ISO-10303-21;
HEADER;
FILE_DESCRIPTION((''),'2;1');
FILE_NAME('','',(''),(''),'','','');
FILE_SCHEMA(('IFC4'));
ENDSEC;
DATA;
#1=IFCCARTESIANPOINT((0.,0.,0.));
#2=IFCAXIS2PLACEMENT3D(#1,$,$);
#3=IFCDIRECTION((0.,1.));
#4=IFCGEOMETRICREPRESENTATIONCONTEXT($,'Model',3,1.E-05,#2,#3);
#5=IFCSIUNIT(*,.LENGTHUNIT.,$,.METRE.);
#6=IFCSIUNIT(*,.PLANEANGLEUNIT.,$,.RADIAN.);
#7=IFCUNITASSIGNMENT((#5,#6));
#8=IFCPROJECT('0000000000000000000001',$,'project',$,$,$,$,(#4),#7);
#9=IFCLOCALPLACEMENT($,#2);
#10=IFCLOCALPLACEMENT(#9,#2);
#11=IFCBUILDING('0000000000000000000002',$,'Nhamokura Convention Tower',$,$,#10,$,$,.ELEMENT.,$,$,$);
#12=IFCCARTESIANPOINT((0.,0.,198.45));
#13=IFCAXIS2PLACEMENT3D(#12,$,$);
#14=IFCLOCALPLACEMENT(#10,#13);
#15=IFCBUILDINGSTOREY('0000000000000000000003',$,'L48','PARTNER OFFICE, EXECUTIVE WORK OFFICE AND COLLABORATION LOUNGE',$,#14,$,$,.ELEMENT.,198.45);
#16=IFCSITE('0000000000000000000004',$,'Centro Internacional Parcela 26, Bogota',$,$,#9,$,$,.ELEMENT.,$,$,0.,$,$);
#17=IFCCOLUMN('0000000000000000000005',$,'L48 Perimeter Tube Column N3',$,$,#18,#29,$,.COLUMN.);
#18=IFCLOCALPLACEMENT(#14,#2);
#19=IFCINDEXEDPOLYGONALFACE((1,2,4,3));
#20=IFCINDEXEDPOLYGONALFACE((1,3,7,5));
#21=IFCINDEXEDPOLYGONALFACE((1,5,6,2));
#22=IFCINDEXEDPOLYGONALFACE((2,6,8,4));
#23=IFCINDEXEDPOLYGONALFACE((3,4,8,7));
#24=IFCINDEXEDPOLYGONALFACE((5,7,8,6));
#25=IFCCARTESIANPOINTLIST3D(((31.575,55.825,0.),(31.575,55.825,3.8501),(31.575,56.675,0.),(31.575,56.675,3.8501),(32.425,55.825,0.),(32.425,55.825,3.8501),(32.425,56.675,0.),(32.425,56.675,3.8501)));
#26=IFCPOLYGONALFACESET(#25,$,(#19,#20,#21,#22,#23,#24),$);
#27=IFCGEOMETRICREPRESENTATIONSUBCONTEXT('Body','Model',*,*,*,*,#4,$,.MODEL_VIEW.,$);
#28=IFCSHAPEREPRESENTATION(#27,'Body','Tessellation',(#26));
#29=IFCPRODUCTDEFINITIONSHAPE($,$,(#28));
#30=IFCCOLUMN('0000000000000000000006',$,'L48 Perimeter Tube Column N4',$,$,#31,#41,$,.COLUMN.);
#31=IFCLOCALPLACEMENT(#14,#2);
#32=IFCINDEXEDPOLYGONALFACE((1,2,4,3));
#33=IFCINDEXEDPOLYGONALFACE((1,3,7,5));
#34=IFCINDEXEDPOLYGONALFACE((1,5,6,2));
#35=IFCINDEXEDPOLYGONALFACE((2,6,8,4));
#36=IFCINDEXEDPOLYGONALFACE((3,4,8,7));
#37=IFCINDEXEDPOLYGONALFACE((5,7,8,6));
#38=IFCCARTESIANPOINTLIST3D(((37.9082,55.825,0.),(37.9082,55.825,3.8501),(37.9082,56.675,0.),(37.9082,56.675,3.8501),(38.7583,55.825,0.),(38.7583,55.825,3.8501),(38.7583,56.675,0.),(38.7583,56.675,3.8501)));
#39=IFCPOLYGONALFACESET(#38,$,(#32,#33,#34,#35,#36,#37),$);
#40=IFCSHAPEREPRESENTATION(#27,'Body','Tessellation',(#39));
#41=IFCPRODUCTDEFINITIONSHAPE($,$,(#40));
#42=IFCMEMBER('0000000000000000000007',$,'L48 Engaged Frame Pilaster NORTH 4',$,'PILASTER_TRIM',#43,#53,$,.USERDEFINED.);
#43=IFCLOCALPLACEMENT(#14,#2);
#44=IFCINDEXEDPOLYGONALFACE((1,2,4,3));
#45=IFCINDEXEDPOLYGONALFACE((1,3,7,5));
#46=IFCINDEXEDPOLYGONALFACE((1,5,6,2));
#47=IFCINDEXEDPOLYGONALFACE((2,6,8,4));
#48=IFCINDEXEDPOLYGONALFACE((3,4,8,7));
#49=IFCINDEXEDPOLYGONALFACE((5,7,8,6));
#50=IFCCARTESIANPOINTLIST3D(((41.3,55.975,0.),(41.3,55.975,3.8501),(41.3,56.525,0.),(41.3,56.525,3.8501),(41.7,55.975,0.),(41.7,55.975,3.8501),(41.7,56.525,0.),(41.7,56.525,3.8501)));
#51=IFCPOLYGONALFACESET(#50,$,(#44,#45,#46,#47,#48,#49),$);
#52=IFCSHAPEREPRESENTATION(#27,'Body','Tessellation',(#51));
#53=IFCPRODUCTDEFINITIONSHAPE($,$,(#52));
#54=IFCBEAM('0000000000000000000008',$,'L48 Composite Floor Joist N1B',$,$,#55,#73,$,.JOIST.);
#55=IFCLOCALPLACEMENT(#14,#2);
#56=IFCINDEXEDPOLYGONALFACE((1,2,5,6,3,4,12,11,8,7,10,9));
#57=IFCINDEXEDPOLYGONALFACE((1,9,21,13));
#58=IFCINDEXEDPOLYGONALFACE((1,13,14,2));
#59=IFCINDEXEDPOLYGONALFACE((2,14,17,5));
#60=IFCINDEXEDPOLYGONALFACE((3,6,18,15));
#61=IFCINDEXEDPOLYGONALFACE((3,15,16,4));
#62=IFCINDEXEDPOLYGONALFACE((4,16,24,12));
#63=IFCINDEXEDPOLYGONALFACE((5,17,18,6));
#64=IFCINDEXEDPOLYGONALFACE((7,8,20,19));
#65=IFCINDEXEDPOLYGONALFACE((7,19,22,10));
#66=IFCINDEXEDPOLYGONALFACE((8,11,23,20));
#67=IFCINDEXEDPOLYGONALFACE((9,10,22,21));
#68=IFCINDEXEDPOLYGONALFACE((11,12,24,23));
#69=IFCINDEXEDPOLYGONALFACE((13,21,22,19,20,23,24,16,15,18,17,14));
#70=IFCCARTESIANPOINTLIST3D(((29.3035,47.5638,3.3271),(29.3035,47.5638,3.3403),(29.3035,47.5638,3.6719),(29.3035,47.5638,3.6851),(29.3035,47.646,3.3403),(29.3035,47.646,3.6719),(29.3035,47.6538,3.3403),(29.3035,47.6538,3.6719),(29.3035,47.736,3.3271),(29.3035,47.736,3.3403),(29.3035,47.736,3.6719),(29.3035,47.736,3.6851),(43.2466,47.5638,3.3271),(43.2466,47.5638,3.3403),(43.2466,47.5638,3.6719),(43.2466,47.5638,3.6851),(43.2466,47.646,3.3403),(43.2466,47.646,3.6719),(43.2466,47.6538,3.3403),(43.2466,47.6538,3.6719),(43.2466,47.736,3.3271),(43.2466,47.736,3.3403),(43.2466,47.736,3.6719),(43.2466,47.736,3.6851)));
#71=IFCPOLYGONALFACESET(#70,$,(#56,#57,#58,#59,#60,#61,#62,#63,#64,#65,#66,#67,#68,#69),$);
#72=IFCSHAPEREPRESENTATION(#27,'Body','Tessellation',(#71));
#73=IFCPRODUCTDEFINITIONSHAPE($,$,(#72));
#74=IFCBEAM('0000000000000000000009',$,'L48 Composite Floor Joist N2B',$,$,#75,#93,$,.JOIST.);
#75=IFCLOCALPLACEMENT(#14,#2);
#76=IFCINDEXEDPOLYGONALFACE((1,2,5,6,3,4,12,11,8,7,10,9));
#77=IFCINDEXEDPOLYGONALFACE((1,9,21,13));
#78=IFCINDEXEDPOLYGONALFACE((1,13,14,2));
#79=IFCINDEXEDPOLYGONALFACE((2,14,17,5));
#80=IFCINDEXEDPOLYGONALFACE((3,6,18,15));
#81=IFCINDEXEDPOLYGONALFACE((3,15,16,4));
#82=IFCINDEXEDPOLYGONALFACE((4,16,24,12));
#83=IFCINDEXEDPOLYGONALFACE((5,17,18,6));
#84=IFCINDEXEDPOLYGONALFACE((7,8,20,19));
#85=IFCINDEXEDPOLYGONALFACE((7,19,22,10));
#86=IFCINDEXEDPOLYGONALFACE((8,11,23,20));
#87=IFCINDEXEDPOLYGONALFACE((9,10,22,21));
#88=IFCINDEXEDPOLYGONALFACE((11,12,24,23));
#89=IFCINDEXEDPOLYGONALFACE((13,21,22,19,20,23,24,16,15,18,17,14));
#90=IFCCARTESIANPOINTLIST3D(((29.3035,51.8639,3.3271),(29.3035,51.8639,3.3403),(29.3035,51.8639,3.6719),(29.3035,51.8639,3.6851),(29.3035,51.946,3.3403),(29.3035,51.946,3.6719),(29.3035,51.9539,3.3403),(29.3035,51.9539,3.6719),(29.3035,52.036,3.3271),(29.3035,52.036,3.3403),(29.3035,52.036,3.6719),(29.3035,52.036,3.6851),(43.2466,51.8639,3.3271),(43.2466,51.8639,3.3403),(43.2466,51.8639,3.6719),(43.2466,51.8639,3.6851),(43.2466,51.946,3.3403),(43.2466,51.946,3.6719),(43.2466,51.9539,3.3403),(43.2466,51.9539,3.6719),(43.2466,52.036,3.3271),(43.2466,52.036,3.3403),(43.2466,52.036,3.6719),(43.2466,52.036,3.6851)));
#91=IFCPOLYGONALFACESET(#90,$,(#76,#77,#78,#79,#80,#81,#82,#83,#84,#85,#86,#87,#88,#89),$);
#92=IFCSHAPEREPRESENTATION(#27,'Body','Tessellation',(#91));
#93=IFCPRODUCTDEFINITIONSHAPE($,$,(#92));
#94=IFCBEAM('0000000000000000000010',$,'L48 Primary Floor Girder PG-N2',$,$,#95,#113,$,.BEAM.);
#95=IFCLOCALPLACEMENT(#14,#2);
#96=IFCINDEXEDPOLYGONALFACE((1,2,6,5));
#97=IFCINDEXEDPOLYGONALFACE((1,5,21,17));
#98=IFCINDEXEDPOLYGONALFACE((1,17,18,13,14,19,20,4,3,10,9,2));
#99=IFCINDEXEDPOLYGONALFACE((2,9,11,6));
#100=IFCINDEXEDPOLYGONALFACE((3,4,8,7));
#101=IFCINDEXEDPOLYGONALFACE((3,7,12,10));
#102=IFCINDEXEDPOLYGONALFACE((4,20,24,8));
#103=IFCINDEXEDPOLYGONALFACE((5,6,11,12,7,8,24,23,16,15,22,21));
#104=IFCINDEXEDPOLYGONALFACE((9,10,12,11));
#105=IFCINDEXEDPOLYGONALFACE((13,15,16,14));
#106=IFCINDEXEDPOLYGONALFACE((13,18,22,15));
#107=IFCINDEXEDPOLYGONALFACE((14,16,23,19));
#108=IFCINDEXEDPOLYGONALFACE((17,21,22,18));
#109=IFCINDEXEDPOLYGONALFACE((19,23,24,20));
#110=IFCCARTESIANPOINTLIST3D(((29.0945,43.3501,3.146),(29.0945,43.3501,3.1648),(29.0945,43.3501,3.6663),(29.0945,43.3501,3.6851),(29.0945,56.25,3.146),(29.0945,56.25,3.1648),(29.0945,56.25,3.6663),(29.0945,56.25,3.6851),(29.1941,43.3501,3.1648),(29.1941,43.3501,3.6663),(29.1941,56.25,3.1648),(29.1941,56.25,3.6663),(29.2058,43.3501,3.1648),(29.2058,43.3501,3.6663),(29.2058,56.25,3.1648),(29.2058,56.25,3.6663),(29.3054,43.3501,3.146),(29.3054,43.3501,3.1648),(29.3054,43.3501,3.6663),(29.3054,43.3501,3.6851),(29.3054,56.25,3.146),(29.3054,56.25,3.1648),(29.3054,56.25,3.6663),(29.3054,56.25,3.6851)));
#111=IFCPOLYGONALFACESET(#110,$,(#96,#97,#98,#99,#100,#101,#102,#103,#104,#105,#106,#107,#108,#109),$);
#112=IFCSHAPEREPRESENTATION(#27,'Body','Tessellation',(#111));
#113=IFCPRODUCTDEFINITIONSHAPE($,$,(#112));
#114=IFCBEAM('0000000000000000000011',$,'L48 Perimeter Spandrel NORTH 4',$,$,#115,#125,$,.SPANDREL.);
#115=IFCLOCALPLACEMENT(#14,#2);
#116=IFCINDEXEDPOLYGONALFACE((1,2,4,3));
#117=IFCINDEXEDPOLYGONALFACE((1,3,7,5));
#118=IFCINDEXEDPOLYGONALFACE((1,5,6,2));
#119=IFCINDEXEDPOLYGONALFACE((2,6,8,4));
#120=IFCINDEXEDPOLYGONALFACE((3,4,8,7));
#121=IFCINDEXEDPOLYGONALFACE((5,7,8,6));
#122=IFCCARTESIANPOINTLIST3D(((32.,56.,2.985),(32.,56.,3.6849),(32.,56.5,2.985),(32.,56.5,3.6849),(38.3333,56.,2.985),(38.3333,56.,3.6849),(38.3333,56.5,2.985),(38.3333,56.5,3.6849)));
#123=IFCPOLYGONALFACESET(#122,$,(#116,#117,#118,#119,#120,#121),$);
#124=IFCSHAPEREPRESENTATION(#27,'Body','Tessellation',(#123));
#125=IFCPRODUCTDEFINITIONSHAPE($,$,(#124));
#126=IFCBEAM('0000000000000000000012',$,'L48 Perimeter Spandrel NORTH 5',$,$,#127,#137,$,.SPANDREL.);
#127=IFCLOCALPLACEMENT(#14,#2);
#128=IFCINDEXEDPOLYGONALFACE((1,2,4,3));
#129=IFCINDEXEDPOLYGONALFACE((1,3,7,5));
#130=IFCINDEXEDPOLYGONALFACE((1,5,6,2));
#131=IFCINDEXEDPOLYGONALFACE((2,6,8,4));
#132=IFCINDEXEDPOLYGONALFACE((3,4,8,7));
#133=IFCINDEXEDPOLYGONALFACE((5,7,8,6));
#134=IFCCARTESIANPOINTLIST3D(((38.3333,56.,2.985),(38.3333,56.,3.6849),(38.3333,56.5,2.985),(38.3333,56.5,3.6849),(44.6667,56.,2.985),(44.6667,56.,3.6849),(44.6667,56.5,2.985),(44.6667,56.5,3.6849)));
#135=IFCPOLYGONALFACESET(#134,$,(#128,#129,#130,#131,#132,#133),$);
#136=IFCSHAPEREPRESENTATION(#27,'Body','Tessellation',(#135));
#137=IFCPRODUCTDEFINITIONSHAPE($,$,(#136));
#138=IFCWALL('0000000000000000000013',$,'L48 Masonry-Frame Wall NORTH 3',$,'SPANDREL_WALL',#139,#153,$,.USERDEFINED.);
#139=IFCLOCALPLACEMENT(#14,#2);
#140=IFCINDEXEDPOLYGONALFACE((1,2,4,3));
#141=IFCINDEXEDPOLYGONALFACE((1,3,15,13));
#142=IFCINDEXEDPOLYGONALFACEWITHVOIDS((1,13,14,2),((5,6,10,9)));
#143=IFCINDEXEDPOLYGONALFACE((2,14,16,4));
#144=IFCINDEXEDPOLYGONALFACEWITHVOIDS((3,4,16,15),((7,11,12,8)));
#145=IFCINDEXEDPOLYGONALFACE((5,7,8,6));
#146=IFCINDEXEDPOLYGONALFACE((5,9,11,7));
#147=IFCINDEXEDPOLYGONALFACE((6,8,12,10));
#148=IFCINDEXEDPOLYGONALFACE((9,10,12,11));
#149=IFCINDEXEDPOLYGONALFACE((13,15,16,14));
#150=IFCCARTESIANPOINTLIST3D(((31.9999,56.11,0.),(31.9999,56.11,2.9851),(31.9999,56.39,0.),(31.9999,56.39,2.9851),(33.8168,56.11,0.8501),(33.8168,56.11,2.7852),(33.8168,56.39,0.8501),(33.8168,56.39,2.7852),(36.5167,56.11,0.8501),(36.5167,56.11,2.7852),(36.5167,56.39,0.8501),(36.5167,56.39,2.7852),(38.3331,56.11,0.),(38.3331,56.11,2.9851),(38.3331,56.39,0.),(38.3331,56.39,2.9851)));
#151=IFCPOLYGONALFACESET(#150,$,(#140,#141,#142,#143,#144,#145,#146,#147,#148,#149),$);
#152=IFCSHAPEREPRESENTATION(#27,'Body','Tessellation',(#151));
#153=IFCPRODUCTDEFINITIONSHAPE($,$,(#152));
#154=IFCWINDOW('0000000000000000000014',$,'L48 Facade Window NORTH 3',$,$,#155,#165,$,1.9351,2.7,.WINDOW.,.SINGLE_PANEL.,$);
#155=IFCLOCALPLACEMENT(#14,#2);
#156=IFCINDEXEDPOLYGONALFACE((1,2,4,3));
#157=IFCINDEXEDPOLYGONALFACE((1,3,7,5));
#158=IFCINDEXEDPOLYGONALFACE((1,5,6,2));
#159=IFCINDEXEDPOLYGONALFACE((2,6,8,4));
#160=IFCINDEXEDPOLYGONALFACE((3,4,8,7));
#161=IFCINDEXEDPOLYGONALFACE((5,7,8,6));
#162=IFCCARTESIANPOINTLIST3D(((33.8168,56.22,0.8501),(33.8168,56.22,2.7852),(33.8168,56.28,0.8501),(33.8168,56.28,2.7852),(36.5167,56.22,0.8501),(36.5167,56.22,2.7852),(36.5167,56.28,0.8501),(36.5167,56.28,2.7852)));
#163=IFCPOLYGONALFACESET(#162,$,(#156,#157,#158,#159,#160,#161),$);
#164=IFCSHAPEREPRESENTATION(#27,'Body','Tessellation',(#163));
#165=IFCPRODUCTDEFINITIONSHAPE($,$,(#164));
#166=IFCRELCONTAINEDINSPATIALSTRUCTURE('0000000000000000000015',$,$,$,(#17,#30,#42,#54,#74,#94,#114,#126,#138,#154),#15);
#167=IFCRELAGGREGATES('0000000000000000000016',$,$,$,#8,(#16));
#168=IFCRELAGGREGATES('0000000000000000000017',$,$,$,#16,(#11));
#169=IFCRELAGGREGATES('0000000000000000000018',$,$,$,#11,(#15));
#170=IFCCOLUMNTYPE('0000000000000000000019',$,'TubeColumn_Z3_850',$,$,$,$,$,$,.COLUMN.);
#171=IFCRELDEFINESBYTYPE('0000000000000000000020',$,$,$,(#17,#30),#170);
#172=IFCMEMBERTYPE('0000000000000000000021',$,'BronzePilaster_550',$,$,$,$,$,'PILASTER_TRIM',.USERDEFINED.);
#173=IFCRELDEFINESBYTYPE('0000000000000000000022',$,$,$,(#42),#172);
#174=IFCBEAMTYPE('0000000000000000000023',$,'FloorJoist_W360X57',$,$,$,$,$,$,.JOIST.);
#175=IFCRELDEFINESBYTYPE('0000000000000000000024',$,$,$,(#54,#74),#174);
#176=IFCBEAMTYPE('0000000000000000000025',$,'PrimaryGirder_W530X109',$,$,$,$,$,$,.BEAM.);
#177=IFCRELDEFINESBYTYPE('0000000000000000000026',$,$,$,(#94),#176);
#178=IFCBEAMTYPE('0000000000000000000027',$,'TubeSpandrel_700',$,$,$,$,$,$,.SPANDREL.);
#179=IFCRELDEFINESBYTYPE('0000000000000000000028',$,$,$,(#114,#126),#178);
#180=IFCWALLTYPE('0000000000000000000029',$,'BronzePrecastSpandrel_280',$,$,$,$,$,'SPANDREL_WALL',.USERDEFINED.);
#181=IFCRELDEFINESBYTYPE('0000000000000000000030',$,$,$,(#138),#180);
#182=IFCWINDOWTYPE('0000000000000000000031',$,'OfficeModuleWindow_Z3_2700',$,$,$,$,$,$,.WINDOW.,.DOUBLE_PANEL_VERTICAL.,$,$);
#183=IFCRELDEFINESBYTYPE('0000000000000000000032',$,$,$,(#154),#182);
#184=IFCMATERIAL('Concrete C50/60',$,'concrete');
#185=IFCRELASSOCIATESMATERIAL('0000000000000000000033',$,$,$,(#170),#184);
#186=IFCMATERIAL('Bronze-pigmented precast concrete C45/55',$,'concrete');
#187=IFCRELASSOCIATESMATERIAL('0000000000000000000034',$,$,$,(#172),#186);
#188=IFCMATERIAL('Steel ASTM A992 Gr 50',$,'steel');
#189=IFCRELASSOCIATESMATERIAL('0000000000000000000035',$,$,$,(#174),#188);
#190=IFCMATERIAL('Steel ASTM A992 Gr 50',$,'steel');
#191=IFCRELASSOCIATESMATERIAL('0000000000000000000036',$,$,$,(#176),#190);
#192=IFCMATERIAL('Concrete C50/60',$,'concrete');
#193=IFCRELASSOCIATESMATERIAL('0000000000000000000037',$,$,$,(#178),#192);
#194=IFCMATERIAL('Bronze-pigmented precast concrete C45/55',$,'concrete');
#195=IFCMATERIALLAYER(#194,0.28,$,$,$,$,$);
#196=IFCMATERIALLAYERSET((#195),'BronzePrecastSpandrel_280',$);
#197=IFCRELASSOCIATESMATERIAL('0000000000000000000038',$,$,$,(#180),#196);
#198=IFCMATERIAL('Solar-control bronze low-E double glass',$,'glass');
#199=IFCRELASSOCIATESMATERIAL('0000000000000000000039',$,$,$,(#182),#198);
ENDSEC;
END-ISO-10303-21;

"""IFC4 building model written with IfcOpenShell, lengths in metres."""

from ifc_helpers import new_model, si_unit, direction, frame, frame_2d, origin, origin_2d, place, context, subcontext, project, spatial, rectangle, i_section, extrude, material, layer, layer_set, material_profile, profile_set, type_object, element, fill, save


model = new_model("IFC4")

# Units and contexts
model_context = context("Model", 3, precision=1e-05, world=origin(), true_north=direction((0.0, 1.0)))
body_context = subcontext(model_context, "Body", "Model", "MODEL_VIEW")
ifc_project = project(units=[si_unit("LENGTHUNIT", "METRE"), si_unit("PLANEANGLEUNIT", "RADIAN")], contexts=[model_context])

# Site, building, storey
site_placement = place(None, origin())
site = spatial("IfcSite", under=ifc_project, at=site_placement, Name="Centro Internacional Parcela 26, Bogota", CompositionType="ELEMENT", RefElevation=0.0)
building_placement = place(site_placement, origin())
building = spatial("IfcBuilding", under=site, at=building_placement, Name="Nhamokura Convention Tower", CompositionType="ELEMENT")
storey_placement = place(building_placement, frame((0.0, 0.0, 198.45)))
storey = spatial("IfcBuildingStorey", under=building, at=storey_placement, Name="L48", Description="PARTNER OFFICE, EXECUTIVE WORK OFFICE AND COLLABORATION LOUNGE", CompositionType="ELEMENT", Elevation=198.45)

# Columns
ifc_material_1 = material(Name="Concrete C50/60", Category="concrete")
ifc_material_profile_1 = material_profile(ifc_material_1, rectangle(XDim=0.8501, YDim=0.8501, at=origin_2d()))
ifc_profile_set_1 = profile_set([ifc_material_profile_1], Name="Concrete C50/60")
column_type = type_object("IfcColumnType", Name="TubeColumn_Z3_850", PredefinedType="COLUMN", material=ifc_profile_set_1)
for number, where, z_axis, x_axis, name in (
    (1, (32.0, 56.25, 0.0), (0.0, 0.0, 1.0), (1.0, 0.0, 0.0), "L48 Perimeter Tube Column N3"),
    (2, (38.3333, 56.25, 0.0), (0.0, 0.0, 1.0), (1.0, 0.0, 0.0), "L48 Perimeter Tube Column N4"),
):
    element("IfcColumn", number, at=place(storey_placement, frame(where, z_axis=z_axis, x_axis=x_axis)), inside=storey, type_object=column_type, Name=name, PredefinedType="COLUMN", context=body_context, shape_type="SweptSolid", body=[
        extrude(rectangle(XDim=0.8501, YDim=0.8501, at=origin_2d()), origin(), (0.0, 0.0, 1.0), 3.8501),
    ])

# Member
ifc_material_2 = material(Name="Bronze-pigmented precast concrete C45/55", Category="concrete")
ifc_material_profile_2 = material_profile(ifc_material_2, rectangle(XDim=0.3999, YDim=0.55, at=origin_2d()))
ifc_profile_set_2 = profile_set([ifc_material_profile_2], Name="Bronze-pigmented precast concrete C45/55")
member_type = type_object("IfcMemberType", Name="BronzePilaster_550", ElementType="PILASTER_TRIM", PredefinedType="USERDEFINED", material=ifc_profile_set_2)
member_placement = place(storey_placement, frame((41.5, 56.25, 0.0), z_axis=(0.0, 0.0, 1.0), x_axis=(1.0, 0.0, 0.0)))
element("IfcMember", 3, at=member_placement, inside=storey, type_object=member_type, Name="L48 Engaged Frame Pilaster NORTH 4", ObjectType="PILASTER_TRIM", PredefinedType="USERDEFINED", context=body_context, shape_type="SweptSolid", body=[
    extrude(rectangle(XDim=0.3999, YDim=0.55, at=origin_2d()), origin(), (0.0, 0.0, 1.0), 3.8501),
])

# Beams
ifc_material_3 = material(Name="Steel ASTM A992 Gr 50", Category="steel")
ifc_material_profile_3 = material_profile(ifc_material_3, i_section(OverallWidth=0.1721, OverallDepth=0.3579, WebThickness=0.0078, FlangeThickness=0.0132, at=origin_2d()))
ifc_profile_set_3 = profile_set([ifc_material_profile_3], Name="Steel ASTM A992 Gr 50")
beam_type_1 = type_object("IfcBeamType", Name="FloorJoist_W360X57", PredefinedType="JOIST", material=ifc_profile_set_3)
for number, where, z_axis, x_axis, name in (
    (4, (29.3035, 47.6499, 3.5061), (1.0, 0.0, 0.0), (0.0, 1.0, 0.0), "L48 Composite Floor Joist N1B"),
    (5, (29.3035, 51.95, 3.5061), (1.0, 0.0, 0.0), (0.0, 1.0, 0.0), "L48 Composite Floor Joist N2B"),
):
    element("IfcBeam", number, at=place(storey_placement, frame(where, z_axis=z_axis, x_axis=x_axis)), inside=storey, type_object=beam_type_1, Name=name, PredefinedType="JOIST", context=body_context, shape_type="SweptSolid", body=[
        extrude(i_section(OverallWidth=0.1721, OverallDepth=0.3579, WebThickness=0.0078, FlangeThickness=0.0132, at=origin_2d()), origin(), (0.0, 0.0, 1.0), 13.9431),
    ])
ifc_material_4 = material(Name="Steel ASTM A992 Gr 50", Category="steel")
ifc_material_profile_4 = material_profile(ifc_material_4, i_section(OverallWidth=0.2109, OverallDepth=0.5391, WebThickness=0.0117, FlangeThickness=0.0188, at=origin_2d()))
ifc_profile_set_4 = profile_set([ifc_material_profile_4], Name="Steel ASTM A992 Gr 50")
beam_type_2 = type_object("IfcBeamType", Name="PrimaryGirder_W530X109", PredefinedType="BEAM", material=ifc_profile_set_4)
beam_1_placement = place(storey_placement, frame((29.2, 43.3501, 3.4155), z_axis=(0.0, 1.0, 0.0), x_axis=(-1.0, 0.0, 0.0)))
element("IfcBeam", 6, at=beam_1_placement, inside=storey, type_object=beam_type_2, Name="L48 Primary Floor Girder PG-N2", PredefinedType="BEAM", context=body_context, shape_type="SweptSolid", body=[
    extrude(i_section(OverallWidth=0.2109, OverallDepth=0.5391, WebThickness=0.0117, FlangeThickness=0.0188, at=origin_2d()), origin(), (0.0, 0.0, 1.0), 12.8999),
])
ifc_material_5 = material(Name="Concrete C50/60", Category="concrete")
ifc_material_profile_5 = material_profile(ifc_material_5, rectangle(XDim=0.5, YDim=0.7, at=origin_2d()))
ifc_profile_set_5 = profile_set([ifc_material_profile_5], Name="Concrete C50/60")
beam_type_3 = type_object("IfcBeamType", Name="TubeSpandrel_700", PredefinedType="SPANDREL", material=ifc_profile_set_5)
beam_2_placement = place(storey_placement, frame((32.0, 56.25, 3.335), z_axis=(1.0, 0.0, 0.0), x_axis=(0.0, 1.0, 0.0)))
element("IfcBeam", 7, at=beam_2_placement, inside=storey, type_object=beam_type_3, Name="L48 Perimeter Spandrel NORTH 4", PredefinedType="SPANDREL", context=body_context, shape_type="SweptSolid", body=[
    extrude(rectangle(XDim=0.5, YDim=0.7, at=origin_2d()), origin(), (0.0, 0.0, 1.0), 6.3333),
])
beam_3_placement = place(storey_placement, frame((38.3333, 56.25, 3.335), z_axis=(1.0, 0.0, 0.0), x_axis=(0.0, 1.0, 0.0)))
element("IfcBeam", 8, at=beam_3_placement, inside=storey, type_object=beam_type_3, Name="L48 Perimeter Spandrel NORTH 5", PredefinedType="SPANDREL", context=body_context, shape_type="SweptSolid", body=[
    extrude(rectangle(XDim=0.5, YDim=0.7, at=origin_2d()), origin(), (0.0, 0.0, 1.0), 6.3335),
])

# Wall, opening, window
ifc_material_6 = material(Name="Bronze-pigmented precast concrete C45/55", Category="concrete")
ifc_layer_1 = layer(ifc_material_6, 0.28)
ifc_layer_set_1 = layer_set([ifc_layer_1], Name="BronzePrecastSpandrel_280")
wall_type_1 = type_object("IfcWallType", Name="BronzePrecastSpandrel_280", ElementType="SPANDREL_WALL", PredefinedType="USERDEFINED", material=ifc_layer_set_1)
wall_1_placement = place(storey_placement, frame((32.0, 56.25, 0.0), z_axis=(0.0, 0.0, 1.0), x_axis=(1.0, 0.0, 0.0)))
wall_1 = element("IfcWall", 9, at=wall_1_placement, inside=storey, type_object=wall_type_1, Name="L48 Masonry-Frame Wall NORTH 3", ObjectType="SPANDREL_WALL", PredefinedType="USERDEFINED", context=body_context, shape_type="SweptSolid", body=[
    extrude(rectangle(XDim=6.3333, YDim=0.28, at=frame_2d((3.1665, 0.0))), origin(), (0.0, 0.0, 1.0), 2.9851),
])
opening_1_placement = place(wall_1_placement, frame((1.8167, 0.0, 0.8501)))
opening_1 = element("IfcOpeningElement", 10, at=opening_1_placement, cuts=wall_1, PredefinedType="OPENING", context=body_context, shape_type="SweptSolid", body=[
    extrude(rectangle(XDim=2.7, YDim=1.9351, at=frame_2d((1.3501, 0.9675))), frame((0.0, 0.1499, 0.0), z_axis=(0.0, -1.0, 0.0), x_axis=(1.0, 0.0, 0.0)), (0.0, 0.0, 1.0), 0.3),
])
ifc_material_7 = material(Name="Solar-control bronze low-E double glass", Category="glass")
window_type_1 = type_object("IfcWindowType", Name="OfficeModuleWindow_Z3_2700", PartitioningType="DOUBLE_PANEL_VERTICAL", PredefinedType="WINDOW", material=ifc_material_7)
window_1_placement = place(opening_1_placement, origin())
window_1 = element("IfcWindow", 11, at=window_1_placement, inside=storey, type_object=window_type_1, Name="L48 Facade Window NORTH 3", OverallHeight=1.9351, OverallWidth=2.7, PartitioningType="SINGLE_PANEL", PredefinedType="WINDOW", context=body_context, shape_type="SweptSolid", body=[
    extrude(rectangle(XDim=2.7, YDim=1.9351, at=frame_2d((1.3501, 0.9675))), frame((0.0, 0.03, 0.0), z_axis=(0.0, -1.0, 0.0), x_axis=(1.0, 0.0, 0.0)), (0.0, 0.0, 1.0), 0.0601),
])
fill(opening_1, window_1)

save(model, "model.ifc")
